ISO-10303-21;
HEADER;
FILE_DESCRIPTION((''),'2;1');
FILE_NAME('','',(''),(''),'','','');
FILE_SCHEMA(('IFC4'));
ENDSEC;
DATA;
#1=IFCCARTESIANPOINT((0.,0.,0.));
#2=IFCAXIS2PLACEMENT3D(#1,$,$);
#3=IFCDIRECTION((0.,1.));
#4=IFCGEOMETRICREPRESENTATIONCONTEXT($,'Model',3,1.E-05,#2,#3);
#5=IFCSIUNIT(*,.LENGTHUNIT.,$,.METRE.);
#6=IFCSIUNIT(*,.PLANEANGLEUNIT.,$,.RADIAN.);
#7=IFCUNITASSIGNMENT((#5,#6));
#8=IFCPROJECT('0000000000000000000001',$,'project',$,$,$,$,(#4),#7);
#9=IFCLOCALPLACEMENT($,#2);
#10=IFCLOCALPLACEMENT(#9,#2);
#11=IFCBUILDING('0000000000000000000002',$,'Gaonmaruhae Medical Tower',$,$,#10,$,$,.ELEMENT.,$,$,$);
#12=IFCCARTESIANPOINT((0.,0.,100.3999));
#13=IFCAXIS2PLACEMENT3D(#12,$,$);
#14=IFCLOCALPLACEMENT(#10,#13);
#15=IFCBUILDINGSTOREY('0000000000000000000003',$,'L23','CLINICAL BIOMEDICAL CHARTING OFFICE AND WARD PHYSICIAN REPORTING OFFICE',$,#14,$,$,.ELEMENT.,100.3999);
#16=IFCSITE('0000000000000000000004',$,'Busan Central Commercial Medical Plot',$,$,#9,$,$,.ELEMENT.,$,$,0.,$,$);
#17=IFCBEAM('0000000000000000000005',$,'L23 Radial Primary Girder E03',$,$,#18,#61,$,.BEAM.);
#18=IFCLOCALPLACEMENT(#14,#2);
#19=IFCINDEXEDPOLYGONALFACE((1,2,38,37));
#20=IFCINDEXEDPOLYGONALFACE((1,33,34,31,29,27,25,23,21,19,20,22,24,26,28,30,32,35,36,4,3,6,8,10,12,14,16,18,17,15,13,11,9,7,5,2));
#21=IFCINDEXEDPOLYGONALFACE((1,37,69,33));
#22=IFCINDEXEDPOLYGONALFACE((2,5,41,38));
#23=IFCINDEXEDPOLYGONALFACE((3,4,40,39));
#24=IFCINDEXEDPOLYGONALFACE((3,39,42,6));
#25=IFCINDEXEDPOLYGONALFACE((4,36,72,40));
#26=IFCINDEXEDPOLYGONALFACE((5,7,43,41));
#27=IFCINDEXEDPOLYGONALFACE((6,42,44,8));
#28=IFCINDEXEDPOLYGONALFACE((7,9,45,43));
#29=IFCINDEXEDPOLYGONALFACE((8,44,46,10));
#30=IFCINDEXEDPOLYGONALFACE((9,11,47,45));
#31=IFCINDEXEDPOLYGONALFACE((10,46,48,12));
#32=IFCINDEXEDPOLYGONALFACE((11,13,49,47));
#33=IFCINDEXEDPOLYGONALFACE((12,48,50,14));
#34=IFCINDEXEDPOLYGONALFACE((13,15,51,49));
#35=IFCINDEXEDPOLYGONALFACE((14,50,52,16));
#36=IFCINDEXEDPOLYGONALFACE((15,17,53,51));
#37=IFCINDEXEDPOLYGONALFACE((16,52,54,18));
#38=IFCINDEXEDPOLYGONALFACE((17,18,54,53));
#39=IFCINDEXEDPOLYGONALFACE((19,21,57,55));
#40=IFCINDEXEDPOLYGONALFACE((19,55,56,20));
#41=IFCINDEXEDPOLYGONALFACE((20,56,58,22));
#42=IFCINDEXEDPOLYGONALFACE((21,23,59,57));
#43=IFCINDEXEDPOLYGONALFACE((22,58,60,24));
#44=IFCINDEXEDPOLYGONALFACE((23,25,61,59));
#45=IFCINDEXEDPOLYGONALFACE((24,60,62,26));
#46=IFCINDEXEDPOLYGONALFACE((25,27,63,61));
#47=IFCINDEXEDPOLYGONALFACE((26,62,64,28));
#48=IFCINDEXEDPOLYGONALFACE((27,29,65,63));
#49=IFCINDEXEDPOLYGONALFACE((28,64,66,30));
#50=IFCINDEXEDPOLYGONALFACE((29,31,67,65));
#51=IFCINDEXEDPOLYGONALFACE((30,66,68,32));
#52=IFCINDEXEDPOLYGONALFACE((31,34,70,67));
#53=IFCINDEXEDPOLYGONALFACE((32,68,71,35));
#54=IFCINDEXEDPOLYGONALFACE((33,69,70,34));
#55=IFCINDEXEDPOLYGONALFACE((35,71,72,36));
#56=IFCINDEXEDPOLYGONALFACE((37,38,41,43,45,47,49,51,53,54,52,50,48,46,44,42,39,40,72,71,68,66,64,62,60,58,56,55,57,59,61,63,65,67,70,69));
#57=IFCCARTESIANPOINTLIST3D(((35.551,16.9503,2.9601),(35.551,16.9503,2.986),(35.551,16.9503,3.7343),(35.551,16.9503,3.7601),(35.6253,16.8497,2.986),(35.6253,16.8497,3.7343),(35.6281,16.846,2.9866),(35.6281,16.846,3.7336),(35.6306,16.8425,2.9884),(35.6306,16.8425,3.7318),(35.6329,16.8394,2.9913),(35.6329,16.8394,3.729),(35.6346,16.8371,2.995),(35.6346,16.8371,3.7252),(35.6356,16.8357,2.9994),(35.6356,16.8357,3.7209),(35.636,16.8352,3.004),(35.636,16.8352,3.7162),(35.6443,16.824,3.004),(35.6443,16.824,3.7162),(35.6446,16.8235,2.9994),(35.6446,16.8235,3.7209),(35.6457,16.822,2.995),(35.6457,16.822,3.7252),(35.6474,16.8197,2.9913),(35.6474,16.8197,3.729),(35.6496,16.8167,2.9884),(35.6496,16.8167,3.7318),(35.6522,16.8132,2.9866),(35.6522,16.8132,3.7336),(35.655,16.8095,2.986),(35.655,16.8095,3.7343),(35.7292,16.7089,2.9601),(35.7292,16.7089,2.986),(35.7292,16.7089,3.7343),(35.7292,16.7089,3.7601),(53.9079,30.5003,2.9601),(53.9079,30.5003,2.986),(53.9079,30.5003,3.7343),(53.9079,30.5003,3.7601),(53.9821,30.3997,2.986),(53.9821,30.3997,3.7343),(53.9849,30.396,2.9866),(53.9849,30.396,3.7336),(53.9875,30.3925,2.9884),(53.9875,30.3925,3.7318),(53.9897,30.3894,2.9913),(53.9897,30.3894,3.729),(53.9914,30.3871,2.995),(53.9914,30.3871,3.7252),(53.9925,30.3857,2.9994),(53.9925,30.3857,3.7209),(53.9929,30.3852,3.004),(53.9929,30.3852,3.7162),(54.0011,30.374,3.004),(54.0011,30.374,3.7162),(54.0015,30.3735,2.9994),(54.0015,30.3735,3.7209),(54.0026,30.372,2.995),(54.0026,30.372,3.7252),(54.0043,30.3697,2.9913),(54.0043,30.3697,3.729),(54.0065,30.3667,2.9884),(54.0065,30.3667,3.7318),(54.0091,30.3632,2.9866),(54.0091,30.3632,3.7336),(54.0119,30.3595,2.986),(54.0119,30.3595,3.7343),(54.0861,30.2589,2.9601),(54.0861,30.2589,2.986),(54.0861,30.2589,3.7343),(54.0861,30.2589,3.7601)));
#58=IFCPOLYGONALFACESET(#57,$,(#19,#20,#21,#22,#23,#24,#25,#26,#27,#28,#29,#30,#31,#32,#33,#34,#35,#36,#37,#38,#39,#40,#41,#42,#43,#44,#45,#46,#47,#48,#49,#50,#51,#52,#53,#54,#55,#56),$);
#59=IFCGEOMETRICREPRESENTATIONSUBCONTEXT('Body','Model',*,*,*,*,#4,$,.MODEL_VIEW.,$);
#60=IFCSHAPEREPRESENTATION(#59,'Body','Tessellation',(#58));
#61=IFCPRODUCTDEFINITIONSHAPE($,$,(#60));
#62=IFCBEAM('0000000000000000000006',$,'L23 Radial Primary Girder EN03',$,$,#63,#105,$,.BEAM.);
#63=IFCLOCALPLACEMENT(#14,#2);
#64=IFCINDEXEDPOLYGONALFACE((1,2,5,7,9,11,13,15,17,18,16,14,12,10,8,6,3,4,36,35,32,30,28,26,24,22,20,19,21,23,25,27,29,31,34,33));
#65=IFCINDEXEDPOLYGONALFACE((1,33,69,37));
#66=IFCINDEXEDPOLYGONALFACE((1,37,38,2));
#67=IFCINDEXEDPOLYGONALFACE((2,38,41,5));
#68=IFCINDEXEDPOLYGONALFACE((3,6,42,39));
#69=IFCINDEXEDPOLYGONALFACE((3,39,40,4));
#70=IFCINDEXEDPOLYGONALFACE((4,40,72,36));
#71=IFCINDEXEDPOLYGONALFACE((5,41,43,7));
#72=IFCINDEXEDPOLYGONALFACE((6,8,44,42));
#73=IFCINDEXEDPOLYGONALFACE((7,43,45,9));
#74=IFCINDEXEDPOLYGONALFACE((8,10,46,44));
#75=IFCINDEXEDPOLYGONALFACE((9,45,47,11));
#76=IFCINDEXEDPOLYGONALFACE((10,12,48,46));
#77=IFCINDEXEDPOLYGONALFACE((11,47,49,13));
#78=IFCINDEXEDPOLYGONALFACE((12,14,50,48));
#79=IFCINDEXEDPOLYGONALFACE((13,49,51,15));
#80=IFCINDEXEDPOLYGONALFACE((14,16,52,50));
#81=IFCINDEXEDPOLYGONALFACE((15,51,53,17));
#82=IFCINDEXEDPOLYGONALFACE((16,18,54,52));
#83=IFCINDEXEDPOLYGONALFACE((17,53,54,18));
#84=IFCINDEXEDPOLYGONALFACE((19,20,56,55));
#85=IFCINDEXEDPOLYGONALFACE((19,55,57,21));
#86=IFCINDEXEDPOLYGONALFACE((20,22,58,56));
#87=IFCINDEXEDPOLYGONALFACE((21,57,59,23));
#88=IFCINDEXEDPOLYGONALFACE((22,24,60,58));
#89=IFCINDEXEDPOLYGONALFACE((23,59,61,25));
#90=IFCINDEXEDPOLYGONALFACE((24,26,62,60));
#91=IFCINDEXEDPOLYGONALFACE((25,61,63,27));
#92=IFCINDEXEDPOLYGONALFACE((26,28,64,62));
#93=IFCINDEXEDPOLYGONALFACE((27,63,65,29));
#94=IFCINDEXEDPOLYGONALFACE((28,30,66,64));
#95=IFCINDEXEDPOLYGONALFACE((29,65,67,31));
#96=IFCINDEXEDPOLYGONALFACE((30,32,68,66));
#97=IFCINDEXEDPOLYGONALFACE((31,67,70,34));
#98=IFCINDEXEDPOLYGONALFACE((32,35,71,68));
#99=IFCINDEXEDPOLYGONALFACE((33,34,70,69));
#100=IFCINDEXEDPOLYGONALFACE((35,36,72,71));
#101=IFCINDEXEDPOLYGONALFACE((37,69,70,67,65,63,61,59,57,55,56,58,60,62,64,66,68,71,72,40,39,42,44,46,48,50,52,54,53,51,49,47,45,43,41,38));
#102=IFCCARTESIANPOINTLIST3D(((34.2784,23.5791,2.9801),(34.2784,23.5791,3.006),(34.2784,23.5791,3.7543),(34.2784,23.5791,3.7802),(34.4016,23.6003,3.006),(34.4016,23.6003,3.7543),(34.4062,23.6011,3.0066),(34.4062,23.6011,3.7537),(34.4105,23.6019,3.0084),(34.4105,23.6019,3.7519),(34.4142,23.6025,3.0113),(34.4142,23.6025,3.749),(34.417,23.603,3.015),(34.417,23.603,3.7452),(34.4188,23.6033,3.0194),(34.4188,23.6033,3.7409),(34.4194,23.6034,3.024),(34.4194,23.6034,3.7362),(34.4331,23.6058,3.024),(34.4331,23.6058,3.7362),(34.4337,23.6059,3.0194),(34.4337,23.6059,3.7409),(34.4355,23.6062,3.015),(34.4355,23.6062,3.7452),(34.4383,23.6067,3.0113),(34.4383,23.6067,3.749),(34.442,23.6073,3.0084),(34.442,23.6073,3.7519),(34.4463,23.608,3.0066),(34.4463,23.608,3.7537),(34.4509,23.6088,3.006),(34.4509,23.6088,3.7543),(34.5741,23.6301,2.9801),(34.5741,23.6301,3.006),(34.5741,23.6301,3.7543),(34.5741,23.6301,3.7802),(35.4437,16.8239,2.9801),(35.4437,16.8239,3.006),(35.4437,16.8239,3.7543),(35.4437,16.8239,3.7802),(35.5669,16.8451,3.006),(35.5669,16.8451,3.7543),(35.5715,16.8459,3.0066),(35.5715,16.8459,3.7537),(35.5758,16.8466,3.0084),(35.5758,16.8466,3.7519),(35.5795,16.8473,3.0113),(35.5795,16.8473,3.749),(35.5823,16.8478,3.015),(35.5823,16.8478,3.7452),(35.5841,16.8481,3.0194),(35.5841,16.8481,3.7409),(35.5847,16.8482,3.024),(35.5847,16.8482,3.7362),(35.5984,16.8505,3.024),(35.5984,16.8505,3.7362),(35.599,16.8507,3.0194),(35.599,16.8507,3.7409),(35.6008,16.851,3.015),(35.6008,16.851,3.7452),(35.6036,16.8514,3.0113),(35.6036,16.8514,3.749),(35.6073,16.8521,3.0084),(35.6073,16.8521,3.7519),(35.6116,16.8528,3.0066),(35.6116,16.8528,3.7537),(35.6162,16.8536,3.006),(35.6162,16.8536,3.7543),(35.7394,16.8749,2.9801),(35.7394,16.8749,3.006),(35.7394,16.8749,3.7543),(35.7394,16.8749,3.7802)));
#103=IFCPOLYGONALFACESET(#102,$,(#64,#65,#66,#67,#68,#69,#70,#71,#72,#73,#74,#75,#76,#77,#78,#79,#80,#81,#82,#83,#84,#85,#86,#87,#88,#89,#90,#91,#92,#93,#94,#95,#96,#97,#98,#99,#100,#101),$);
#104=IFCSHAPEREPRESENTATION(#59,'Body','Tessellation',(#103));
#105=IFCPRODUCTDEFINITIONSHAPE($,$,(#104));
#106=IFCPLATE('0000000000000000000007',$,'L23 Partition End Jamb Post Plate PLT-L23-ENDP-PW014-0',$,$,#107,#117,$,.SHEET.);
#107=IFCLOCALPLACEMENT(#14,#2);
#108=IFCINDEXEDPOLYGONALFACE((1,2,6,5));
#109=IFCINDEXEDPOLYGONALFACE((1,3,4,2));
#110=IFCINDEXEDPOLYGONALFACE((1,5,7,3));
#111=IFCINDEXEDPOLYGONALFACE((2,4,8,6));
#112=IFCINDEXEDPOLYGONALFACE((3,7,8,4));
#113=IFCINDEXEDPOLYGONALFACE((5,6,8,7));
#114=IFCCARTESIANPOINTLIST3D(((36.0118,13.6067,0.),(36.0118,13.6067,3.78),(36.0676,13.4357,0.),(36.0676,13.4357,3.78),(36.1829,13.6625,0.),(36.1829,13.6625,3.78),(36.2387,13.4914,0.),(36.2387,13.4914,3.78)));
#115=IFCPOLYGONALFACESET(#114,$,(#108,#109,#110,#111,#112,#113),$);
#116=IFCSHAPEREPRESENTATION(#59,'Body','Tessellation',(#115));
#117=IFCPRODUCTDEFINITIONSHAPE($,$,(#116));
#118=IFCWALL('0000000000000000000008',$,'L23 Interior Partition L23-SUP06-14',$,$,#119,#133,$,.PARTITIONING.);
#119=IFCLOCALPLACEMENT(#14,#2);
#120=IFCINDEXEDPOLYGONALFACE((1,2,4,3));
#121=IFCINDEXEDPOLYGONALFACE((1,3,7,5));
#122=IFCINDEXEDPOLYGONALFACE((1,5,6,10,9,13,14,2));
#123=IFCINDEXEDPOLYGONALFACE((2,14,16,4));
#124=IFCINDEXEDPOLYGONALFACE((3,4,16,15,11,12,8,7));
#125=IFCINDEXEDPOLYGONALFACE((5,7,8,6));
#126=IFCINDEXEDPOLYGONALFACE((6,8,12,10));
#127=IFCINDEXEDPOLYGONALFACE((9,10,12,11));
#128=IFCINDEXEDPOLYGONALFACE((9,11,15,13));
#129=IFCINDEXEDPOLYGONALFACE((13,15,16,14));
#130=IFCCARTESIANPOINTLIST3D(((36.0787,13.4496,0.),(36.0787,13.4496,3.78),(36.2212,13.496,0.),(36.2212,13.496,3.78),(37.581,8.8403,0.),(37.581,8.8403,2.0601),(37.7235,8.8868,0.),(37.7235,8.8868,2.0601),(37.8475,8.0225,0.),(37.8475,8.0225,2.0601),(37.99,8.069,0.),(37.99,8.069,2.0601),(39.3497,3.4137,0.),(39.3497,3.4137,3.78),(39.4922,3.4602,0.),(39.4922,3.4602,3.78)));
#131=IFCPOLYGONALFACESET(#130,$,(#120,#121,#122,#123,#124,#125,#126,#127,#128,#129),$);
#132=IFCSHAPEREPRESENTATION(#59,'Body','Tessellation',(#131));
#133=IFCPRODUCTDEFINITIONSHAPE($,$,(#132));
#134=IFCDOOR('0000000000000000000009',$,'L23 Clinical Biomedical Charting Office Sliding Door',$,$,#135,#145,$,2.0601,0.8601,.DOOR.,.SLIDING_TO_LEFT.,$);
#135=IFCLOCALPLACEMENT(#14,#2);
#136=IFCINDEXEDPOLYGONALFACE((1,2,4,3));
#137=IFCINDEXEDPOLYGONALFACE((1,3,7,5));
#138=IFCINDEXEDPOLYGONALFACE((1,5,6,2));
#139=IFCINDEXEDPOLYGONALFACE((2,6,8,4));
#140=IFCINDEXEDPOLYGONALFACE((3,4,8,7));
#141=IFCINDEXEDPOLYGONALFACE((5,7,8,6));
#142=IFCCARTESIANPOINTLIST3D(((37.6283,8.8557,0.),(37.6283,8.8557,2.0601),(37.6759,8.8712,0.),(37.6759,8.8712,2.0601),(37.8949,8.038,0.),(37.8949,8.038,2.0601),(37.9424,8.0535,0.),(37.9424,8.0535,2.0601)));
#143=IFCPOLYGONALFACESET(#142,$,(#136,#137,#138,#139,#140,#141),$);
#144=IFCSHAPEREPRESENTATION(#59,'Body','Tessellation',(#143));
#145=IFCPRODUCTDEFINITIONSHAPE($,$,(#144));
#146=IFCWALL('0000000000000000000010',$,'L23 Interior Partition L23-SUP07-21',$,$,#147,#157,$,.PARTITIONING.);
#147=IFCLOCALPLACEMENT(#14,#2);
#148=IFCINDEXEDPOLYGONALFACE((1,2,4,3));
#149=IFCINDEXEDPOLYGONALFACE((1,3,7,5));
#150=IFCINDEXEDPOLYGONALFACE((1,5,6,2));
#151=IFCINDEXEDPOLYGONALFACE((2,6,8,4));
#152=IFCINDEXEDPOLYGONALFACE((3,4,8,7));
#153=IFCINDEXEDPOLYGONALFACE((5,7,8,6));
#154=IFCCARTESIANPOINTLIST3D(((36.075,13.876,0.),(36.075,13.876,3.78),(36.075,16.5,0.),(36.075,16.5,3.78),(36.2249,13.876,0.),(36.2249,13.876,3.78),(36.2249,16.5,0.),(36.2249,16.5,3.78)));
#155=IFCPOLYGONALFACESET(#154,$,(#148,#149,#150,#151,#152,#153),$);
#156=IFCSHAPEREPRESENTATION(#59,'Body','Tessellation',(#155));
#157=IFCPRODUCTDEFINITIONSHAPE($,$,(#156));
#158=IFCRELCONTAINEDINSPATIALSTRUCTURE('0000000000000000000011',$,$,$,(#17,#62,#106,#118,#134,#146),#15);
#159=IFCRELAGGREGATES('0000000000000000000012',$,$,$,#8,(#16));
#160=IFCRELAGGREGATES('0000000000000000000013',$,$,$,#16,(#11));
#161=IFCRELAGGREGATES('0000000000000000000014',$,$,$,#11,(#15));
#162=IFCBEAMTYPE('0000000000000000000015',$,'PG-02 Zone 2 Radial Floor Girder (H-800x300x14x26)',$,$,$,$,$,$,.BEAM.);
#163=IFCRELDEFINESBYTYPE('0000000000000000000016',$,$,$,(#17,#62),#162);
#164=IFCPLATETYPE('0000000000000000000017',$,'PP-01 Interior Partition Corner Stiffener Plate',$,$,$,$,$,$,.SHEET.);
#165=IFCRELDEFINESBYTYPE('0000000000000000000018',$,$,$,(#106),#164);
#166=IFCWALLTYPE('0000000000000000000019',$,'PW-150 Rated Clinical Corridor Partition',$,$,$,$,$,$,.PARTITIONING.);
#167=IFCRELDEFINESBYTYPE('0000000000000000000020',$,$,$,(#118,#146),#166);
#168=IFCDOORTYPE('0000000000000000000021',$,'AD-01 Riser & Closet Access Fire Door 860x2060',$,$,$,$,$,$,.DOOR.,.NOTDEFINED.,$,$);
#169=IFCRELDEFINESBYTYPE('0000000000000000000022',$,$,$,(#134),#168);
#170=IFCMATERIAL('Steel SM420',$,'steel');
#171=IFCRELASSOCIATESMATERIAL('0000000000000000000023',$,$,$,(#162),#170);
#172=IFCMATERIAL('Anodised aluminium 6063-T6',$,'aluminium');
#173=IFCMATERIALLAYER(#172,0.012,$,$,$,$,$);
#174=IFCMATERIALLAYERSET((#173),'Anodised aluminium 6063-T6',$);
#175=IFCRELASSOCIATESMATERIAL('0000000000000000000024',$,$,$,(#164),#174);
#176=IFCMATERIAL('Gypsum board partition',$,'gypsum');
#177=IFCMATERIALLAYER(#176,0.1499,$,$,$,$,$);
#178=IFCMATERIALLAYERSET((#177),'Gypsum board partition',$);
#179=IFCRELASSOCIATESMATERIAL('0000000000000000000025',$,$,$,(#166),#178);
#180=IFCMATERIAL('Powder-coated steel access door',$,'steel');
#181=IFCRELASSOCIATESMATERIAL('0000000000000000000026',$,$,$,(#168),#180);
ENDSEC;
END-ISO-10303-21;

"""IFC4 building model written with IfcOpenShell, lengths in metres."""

from ifc_helpers import new_model, si_unit, direction, frame, frame_2d, origin, origin_2d, place, context, subcontext, project, spatial, rectangle, i_section, extrude, material, layer, layer_set, material_profile, profile_set, type_object, element, fill, save


model = new_model("IFC4")

# Units and contexts
model_context = context("Model", 3, precision=1e-05, world=origin(), true_north=direction((0.0, 1.0)))
body_context = subcontext(model_context, "Body", "Model", "MODEL_VIEW")
ifc_project = project(units=[si_unit("LENGTHUNIT", "METRE"), si_unit("PLANEANGLEUNIT", "RADIAN")], contexts=[model_context])

# Site, building, storey
site_placement = place(None, origin())
site = spatial("IfcSite", under=ifc_project, at=site_placement, Name="Busan Central Commercial Medical Plot", CompositionType="ELEMENT", RefElevation=0.0)
building_placement = place(site_placement, origin())
building = spatial("IfcBuilding", under=site, at=building_placement, Name="Gaonmaruhae Medical Tower", CompositionType="ELEMENT")
storey_placement = place(building_placement, frame((0.0, 0.0, 100.3999)))
storey = spatial("IfcBuildingStorey", under=building, at=storey_placement, Name="L23", Description="CLINICAL BIOMEDICAL CHARTING OFFICE AND WARD PHYSICIAN REPORTING OFFICE", CompositionType="ELEMENT", Elevation=100.3999)

# Beams
ifc_material_1 = material(Name="Steel SM420", Category="steel")
ifc_material_profile_1 = material_profile(ifc_material_1, i_section(OverallWidth=0.3, OverallDepth=0.8, WebThickness=0.0139, FlangeThickness=0.0259, FilletRadius=0.0181, at=origin_2d()), Name="H-800x300x14x26")
ifc_profile_set_1 = profile_set([ifc_material_profile_1], Name="Steel SM420")
beam_type_1 = type_object("IfcBeamType", Name="PG-02 Zone 2 Radial Floor Girder (H-800x300x14x26)", PredefinedType="BEAM", material=ifc_profile_set_1)
beam_1_placement = place(storey_placement, frame((35.6401, 16.8296, 3.3601), z_axis=(0.804556, 0.593877, 0.0), x_axis=(-0.593877, 0.804556, 0.0)))
element("IfcBeam", 1, at=beam_1_placement, inside=storey, type_object=beam_type_1, Name="L23 Radial Primary Girder E03", PredefinedType="BEAM", context=body_context, shape_type="SweptSolid", body=[
    extrude(i_section(OverallWidth=0.3, OverallDepth=0.8, WebThickness=0.0139, FlangeThickness=0.0259, FilletRadius=0.0181, at=origin_2d()), origin(), (0.0, 0.0, 1.0), 22.8162),
])
beam_2_placement = place(storey_placement, frame((35.5916, 16.8494, 3.3801), z_axis=(-0.169993, 0.985445, 0.0), x_axis=(-0.985445, -0.169993, 0.0)))
element("IfcBeam", 2, at=beam_2_placement, inside=storey, type_object=beam_type_1, Name="L23 Radial Primary Girder EN03", PredefinedType="BEAM", context=body_context, shape_type="SweptSolid", body=[
    extrude(i_section(OverallWidth=0.3, OverallDepth=0.8, WebThickness=0.0139, FlangeThickness=0.0259, FilletRadius=0.0181, at=origin_2d()), origin(), (0.0, 0.0, 1.0), 6.855),
])

# Plate
ifc_material_2 = material(Name="Anodised aluminium 6063-T6", Category="aluminium")
ifc_layer_1 = layer(ifc_material_2, 0.012)
ifc_layer_set_1 = layer_set([ifc_layer_1], Name="Anodised aluminium 6063-T6")
plate_type = type_object("IfcPlateType", Name="PP-01 Interior Partition Corner Stiffener Plate", PredefinedType="SHEET", material=ifc_layer_set_1)
plate_placement = place(storey_placement, frame((36.1252, 13.5491, 0.0), z_axis=(0.0, 0.0, 1.0), x_axis=(0.30988, -0.950776, 0.0)))
element("IfcPlate", 3, at=plate_placement, inside=storey, type_object=plate_type, Name="L23 Partition End Jamb Post Plate PLT-L23-ENDP-PW014-0", PredefinedType="SHEET", context=body_context, shape_type="SweptSolid", body=[
    extrude(rectangle(XDim=0.1799, YDim=0.1799, at=origin_2d()), origin(), (0.0, 0.0, 1.0), 3.78),
])

# Wall, opening, door
ifc_material_3 = material(Name="Gypsum board partition", Category="gypsum")
ifc_layer_2 = layer(ifc_material_3, 0.1499)
ifc_layer_set_2 = layer_set([ifc_layer_2], Name="Gypsum board partition")
wall_type_1 = type_object("IfcWallType", Name="PW-150 Rated Clinical Corridor Partition", PredefinedType="PARTITIONING", material=ifc_layer_set_2)
wall_1_placement = place(storey_placement, frame((36.1499, 13.4729, 0.0), z_axis=(0.0, 0.0, 1.0), x_axis=(0.309886, -0.950774, 0.0)))
wall_1 = element("IfcWall", 4, at=wall_1_placement, inside=storey, type_object=wall_type_1, Name="L23 Interior Partition L23-SUP06-14", PredefinedType="PARTITIONING", context=body_context, shape_type="SweptSolid", body=[
    extrude(rectangle(XDim=10.5554, YDim=0.1499, at=frame_2d((5.2778, 0.0))), origin(), (0.0, 0.0, 1.0), 3.78),
])
opening_1_placement = place(wall_1_placement, frame((4.8479, 0.0, 0.0)))
opening_1 = element("IfcOpeningElement", 5, at=opening_1_placement, cuts=wall_1, PredefinedType="OPENING", context=body_context, shape_type="SweptSolid", body=[
    extrude(rectangle(XDim=0.8601, YDim=2.0601, at=frame_2d((0.4302, 1.03))), frame((0.0, 0.085, 0.0), z_axis=(0.0, -1.0, 0.0), x_axis=(1.0, 0.0, 0.0)), (0.0, 0.0, 1.0), 0.1699),
])
ifc_material_4 = material(Name="Powder-coated steel access door", Category="steel")
door_type_1 = type_object("IfcDoorType", Name="AD-01 Riser & Closet Access Fire Door 860x2060", OperationType="NOTDEFINED", PredefinedType="DOOR", material=ifc_material_4)
door_1_placement = place(opening_1_placement, origin())
door_1 = element("IfcDoor", 6, at=door_1_placement, inside=storey, type_object=door_type_1, Name="L23 Clinical Biomedical Charting Office Sliding Door", OperationType="SLIDING_TO_LEFT", OverallHeight=2.0601, OverallWidth=0.8601, PredefinedType="DOOR", context=body_context, shape_type="SweptSolid", body=[
    extrude(rectangle(XDim=0.8601, YDim=2.0601, at=frame_2d((0.4302, 1.03))), frame((0.0, 0.0249, 0.0), z_axis=(0.0, -1.0, 0.0), x_axis=(1.0, 0.0, 0.0)), (0.0, 0.0, 1.0), 0.05),
])
fill(opening_1, door_1)

# Wall
wall_2_placement = place(storey_placement, frame((36.1499, 13.876, 0.0), z_axis=(0.0, 0.0, 1.0), x_axis=(0.0, 1.0, 0.0)))
element("IfcWall", 7, at=wall_2_placement, inside=storey, type_object=wall_type_1, Name="L23 Interior Partition L23-SUP07-21", PredefinedType="PARTITIONING", context=body_context, shape_type="SweptSolid", body=[
    extrude(rectangle(XDim=2.624, YDim=0.1499, at=frame_2d((1.312, 0.0))), origin(), (0.0, 0.0, 1.0), 3.78),
])

save(model, "model.ifc")
